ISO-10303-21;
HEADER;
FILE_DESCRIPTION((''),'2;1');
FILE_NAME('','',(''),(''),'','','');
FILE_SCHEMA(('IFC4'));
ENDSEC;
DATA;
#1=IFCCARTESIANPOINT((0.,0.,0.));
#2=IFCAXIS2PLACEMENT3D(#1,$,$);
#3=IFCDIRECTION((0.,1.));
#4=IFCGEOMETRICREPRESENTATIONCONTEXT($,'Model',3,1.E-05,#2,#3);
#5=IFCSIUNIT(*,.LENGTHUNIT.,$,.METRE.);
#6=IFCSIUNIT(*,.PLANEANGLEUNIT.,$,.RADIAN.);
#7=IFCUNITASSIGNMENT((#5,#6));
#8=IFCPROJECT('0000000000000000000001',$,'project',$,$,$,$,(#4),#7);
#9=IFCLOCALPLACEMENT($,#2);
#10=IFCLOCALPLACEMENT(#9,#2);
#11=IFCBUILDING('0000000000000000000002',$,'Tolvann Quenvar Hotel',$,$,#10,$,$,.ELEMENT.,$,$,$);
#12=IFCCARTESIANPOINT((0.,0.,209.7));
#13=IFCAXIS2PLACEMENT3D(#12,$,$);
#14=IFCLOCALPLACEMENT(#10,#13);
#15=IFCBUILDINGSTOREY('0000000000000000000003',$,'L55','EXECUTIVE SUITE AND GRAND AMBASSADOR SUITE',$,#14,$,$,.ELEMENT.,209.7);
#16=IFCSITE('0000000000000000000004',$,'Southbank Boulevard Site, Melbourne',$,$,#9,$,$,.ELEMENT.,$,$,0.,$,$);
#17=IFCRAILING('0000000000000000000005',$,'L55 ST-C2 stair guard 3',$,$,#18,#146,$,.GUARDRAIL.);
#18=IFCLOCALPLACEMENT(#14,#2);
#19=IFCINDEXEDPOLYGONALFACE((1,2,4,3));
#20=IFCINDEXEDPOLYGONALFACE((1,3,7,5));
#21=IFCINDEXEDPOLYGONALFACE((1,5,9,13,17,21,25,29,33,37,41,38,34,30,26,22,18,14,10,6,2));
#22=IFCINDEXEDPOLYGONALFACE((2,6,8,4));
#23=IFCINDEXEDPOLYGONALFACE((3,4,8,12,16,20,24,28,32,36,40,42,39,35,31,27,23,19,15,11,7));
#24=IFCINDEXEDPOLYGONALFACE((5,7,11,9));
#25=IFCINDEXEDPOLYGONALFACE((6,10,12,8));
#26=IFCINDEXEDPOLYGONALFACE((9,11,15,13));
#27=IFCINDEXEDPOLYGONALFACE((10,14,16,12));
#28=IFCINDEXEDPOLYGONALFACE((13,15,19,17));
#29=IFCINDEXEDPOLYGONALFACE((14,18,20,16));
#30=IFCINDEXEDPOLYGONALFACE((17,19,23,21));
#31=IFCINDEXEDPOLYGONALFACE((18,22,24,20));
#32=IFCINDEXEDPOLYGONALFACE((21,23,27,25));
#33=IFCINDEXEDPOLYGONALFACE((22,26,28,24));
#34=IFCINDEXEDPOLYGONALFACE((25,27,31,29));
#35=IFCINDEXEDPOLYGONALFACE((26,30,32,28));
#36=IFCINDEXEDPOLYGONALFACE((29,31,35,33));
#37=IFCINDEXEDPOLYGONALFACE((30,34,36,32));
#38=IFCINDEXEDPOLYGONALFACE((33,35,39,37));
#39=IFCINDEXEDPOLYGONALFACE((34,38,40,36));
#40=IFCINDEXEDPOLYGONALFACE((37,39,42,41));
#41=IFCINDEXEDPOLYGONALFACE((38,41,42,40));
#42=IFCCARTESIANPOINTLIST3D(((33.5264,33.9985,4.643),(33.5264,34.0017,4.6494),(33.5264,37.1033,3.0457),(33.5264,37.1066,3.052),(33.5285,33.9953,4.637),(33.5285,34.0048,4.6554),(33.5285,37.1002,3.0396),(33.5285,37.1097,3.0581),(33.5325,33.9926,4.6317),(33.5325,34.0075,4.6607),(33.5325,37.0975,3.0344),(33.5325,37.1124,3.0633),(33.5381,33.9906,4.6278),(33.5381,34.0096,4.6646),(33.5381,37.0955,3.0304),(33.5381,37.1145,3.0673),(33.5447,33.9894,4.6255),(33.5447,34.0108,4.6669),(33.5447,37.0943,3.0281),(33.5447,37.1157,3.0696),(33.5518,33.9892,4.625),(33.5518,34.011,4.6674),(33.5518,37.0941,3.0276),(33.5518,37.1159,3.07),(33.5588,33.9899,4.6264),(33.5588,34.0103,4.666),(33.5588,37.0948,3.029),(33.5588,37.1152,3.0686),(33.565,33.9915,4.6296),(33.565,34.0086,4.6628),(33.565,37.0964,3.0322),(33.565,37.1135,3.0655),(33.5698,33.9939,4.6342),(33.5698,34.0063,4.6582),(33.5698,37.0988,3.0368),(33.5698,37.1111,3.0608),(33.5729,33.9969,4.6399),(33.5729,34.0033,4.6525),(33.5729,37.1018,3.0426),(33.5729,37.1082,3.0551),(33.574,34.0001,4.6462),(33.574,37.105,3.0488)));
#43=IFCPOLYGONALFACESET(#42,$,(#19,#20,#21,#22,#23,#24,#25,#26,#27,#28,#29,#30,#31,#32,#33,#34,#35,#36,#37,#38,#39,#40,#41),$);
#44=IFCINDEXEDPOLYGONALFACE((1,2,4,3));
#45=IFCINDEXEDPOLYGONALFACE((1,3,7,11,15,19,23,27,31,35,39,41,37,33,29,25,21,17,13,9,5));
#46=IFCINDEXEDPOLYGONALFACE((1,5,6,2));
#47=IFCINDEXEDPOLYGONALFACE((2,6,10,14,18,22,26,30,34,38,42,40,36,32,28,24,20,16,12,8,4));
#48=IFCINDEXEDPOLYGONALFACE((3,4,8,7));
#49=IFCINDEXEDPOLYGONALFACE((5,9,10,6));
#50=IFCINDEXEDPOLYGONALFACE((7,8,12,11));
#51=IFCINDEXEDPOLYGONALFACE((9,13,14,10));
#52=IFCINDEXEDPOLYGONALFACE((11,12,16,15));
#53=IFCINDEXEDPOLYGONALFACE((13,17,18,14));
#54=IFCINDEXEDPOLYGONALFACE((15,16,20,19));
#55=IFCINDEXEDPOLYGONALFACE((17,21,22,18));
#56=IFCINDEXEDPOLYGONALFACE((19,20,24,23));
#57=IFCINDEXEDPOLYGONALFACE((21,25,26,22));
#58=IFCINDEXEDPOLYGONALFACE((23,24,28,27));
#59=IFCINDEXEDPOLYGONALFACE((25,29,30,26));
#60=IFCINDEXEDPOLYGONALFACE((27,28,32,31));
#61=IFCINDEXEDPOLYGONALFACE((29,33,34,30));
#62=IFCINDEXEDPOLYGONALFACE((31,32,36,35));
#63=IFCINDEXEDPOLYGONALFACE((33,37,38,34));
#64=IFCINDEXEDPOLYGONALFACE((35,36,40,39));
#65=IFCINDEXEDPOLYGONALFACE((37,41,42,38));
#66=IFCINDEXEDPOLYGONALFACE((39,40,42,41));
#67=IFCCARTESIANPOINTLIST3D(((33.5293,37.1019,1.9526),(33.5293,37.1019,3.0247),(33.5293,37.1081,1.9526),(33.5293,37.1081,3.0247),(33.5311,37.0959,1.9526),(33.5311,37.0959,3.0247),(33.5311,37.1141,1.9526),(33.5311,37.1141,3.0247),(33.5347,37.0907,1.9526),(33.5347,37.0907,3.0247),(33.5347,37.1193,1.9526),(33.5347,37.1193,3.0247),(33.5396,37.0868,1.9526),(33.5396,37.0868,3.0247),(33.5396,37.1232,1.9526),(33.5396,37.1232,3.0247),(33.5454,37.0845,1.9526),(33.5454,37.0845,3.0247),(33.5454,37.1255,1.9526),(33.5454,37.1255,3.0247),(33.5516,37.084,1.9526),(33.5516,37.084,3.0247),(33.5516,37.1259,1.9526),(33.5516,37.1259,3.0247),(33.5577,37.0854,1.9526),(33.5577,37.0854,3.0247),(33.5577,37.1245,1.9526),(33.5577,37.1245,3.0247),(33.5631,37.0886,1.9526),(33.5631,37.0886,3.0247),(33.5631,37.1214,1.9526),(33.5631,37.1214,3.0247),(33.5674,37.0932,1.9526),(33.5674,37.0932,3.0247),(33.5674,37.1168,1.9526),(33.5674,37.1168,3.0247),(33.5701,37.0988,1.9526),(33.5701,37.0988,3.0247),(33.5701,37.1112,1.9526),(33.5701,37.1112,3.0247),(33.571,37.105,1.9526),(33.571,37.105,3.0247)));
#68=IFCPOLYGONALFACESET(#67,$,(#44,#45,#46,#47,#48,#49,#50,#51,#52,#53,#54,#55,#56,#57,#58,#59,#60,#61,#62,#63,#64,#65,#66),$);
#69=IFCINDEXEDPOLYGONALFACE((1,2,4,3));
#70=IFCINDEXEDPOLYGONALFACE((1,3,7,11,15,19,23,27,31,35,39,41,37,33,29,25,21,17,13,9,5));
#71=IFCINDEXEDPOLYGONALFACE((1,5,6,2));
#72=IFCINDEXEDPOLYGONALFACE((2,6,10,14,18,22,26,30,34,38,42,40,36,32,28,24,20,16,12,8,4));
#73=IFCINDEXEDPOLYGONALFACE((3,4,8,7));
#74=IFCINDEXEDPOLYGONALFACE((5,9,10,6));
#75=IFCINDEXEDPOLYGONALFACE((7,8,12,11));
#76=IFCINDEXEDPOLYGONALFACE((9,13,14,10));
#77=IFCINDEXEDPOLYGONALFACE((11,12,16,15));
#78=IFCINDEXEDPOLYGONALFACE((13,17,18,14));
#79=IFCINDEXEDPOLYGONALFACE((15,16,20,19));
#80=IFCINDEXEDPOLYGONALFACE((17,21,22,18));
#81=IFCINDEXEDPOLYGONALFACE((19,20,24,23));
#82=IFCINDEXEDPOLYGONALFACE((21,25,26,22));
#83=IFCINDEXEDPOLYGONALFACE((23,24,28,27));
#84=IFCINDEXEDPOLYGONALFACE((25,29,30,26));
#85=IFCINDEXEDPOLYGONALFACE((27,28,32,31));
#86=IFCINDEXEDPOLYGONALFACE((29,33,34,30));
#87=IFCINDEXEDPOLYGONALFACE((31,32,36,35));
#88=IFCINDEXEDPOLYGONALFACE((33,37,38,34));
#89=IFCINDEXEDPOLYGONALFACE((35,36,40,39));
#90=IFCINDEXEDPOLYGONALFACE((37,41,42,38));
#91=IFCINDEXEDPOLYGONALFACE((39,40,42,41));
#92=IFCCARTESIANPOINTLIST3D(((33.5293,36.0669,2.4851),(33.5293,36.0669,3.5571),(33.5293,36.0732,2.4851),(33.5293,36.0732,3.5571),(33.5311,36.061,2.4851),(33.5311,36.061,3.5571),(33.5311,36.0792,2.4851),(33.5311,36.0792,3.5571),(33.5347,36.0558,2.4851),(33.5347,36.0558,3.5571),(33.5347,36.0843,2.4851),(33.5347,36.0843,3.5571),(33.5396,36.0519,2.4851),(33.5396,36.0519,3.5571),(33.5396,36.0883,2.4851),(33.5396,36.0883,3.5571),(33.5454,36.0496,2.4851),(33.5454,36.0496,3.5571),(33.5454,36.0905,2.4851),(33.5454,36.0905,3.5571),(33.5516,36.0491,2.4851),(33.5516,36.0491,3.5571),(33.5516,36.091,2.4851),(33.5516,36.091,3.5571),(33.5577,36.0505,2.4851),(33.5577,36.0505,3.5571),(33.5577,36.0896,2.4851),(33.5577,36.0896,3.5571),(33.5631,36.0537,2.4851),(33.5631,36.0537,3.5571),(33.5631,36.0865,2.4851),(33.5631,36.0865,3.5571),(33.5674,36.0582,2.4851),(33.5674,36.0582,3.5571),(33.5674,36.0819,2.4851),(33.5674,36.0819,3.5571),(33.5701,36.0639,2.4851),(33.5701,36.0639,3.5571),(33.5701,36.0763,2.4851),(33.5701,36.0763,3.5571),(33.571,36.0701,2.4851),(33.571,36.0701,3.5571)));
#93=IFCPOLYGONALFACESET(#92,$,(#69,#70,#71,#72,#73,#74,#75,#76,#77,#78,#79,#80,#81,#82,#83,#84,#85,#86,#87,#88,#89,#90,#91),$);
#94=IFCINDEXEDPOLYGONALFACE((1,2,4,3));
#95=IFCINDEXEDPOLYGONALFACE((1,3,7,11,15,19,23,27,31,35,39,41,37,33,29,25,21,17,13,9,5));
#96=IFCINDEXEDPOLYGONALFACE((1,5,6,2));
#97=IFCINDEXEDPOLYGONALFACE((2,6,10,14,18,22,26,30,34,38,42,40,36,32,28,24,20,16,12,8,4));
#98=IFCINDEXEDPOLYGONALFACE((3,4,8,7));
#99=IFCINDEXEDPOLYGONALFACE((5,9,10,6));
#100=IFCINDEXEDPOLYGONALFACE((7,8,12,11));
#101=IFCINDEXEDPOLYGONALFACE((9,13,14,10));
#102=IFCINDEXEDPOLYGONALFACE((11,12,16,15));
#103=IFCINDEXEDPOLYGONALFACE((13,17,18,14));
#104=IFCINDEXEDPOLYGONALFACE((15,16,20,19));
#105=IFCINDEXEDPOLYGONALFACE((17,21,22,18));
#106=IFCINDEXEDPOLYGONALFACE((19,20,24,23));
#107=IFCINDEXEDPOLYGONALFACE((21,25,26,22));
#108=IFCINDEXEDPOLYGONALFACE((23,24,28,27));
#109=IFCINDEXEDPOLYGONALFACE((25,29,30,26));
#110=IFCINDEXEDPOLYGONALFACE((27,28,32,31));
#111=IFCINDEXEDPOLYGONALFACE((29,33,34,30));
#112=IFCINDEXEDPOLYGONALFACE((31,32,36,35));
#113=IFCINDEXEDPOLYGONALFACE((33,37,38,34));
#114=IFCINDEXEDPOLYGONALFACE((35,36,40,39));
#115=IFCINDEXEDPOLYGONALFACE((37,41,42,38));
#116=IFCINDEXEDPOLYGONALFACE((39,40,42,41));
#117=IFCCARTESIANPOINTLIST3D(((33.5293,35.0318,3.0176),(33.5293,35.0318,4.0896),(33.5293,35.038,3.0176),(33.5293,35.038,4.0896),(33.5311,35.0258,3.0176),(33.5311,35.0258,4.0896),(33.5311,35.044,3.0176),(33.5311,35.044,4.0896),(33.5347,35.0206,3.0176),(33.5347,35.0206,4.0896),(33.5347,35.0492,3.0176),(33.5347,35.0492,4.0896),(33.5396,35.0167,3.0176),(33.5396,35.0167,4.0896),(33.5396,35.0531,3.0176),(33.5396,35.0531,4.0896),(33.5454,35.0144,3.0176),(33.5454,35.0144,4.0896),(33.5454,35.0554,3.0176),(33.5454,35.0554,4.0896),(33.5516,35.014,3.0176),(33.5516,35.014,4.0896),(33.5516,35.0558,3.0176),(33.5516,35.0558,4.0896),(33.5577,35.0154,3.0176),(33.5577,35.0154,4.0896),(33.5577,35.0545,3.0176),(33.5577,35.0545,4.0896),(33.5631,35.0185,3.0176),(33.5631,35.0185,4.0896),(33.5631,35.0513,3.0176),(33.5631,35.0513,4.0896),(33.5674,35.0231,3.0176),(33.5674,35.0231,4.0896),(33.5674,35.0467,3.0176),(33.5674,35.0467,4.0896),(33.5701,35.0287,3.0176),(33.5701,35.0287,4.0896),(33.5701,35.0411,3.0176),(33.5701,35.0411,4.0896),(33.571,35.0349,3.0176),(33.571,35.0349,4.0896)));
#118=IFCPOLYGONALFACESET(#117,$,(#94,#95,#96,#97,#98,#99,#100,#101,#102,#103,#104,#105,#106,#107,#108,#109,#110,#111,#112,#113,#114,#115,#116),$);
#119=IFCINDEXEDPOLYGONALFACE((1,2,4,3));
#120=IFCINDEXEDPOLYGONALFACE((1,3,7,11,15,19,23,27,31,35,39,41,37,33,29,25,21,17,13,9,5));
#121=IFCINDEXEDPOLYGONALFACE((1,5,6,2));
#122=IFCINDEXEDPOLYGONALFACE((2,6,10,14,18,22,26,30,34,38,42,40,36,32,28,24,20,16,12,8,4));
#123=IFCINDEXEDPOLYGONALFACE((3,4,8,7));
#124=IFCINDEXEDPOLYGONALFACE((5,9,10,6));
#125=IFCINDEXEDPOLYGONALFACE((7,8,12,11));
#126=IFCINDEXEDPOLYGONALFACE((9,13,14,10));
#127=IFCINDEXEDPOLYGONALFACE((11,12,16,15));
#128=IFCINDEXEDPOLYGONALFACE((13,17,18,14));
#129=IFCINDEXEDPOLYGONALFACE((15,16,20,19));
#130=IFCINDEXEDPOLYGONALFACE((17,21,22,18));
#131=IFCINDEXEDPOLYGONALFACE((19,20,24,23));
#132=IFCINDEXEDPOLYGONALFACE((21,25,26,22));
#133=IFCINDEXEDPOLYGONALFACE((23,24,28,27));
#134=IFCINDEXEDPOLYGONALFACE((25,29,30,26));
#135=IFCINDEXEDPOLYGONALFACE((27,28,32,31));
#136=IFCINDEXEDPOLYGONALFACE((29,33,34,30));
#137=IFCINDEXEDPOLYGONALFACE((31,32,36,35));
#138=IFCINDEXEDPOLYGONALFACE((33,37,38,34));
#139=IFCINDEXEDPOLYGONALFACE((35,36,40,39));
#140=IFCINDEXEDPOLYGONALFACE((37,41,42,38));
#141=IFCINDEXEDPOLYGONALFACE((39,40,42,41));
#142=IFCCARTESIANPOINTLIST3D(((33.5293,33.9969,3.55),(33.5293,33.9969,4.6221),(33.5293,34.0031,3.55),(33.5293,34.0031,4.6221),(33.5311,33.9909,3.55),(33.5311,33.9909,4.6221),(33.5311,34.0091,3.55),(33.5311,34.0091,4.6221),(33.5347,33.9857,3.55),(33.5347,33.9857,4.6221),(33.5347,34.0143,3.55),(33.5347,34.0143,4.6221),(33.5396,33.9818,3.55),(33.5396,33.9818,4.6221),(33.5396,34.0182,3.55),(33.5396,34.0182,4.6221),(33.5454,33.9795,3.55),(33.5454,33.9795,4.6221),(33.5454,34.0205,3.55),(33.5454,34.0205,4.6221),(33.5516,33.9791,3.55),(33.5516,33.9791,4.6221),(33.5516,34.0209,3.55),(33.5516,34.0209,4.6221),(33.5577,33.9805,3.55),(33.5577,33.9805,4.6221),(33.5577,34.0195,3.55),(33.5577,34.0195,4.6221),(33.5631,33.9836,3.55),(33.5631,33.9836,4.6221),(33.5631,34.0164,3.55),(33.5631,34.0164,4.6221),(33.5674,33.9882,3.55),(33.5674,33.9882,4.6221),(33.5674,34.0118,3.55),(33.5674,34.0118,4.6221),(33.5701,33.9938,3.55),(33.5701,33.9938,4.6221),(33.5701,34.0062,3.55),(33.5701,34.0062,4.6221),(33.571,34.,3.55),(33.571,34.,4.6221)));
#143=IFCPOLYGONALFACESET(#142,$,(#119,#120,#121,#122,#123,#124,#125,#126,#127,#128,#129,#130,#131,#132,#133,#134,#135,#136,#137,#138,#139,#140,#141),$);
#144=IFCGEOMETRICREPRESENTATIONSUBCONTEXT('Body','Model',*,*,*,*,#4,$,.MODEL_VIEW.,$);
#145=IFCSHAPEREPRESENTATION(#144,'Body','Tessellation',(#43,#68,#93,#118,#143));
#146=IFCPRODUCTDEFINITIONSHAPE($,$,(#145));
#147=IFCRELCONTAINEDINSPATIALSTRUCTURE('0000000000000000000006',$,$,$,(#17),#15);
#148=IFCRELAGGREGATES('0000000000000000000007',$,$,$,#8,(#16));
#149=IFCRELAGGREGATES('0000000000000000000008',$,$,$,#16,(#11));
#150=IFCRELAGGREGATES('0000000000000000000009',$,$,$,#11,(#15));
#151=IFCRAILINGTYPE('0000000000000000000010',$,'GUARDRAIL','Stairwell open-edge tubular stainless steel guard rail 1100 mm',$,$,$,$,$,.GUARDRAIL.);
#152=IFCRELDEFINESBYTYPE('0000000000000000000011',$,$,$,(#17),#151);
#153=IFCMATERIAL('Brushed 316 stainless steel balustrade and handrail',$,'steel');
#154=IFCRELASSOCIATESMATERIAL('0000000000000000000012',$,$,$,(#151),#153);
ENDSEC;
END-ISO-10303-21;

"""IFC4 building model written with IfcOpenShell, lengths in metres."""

from ifc_helpers import new_model, si_unit, direction, frame, origin, origin_2d, place, context, subcontext, project, spatial, circle, extrude, material, type_object, element, save


model = new_model("IFC4")

# Units and contexts
model_context = context("Model", 3, precision=1e-05, world=origin(), true_north=direction((0.0, 1.0)))
body_context = subcontext(model_context, "Body", "Model", "MODEL_VIEW")
ifc_project = project(units=[si_unit("LENGTHUNIT", "METRE"), si_unit("PLANEANGLEUNIT", "RADIAN")], contexts=[model_context])

# Site, building, storey
site_placement = place(None, origin())
site = spatial("IfcSite", under=ifc_project, at=site_placement, Name="Southbank Boulevard Site, Melbourne", CompositionType="ELEMENT", RefElevation=0.0)
building_placement = place(site_placement, origin())
building = spatial("IfcBuilding", under=site, at=building_placement, Name="Tolvann Quenvar Hotel", CompositionType="ELEMENT")
storey_placement = place(building_placement, frame((0.0, 0.0, 209.7)))
storey = spatial("IfcBuildingStorey", under=building, at=storey_placement, Name="L55", Description="EXECUTIVE SUITE AND GRAND AMBASSADOR SUITE", CompositionType="ELEMENT", Elevation=209.7)

# Railing
ifc_material_1 = material(Name="Brushed 316 stainless steel balustrade and handrail", Category="steel")
railing_type_1 = type_object("IfcRailingType", Name="GUARDRAIL", Description="Stairwell open-edge tubular stainless steel guard rail 1100 mm", PredefinedType="GUARDRAIL", material=ifc_material_1)
railing_1_placement = place(storey_placement, frame((33.55, 37.105, 1.9526)))
element("IfcRailing", 1, at=railing_1_placement, inside=storey, type_object=railing_type_1, Name="L55 ST-C2 stair guard 3", PredefinedType="GUARDRAIL", context=body_context, shape_type="SweptSolid", body=[
    extrude(circle(Radius=0.0239, at=origin_2d()), frame((0.0, 0.0, 1.0962), z_axis=(0.0, -0.889222, 0.457476), x_axis=(1.0, 0.0, 0.0)), (0.0, 0.0, 1.0), 3.4917),
    extrude(circle(Radius=0.021, at=origin_2d()), origin(), (0.0, 0.0, 1.0), 1.072),
    extrude(circle(Radius=0.021, at=origin_2d()), frame((0.0, -1.0349, 0.5325)), (0.0, 0.0, 1.0), 1.072),
    extrude(circle(Radius=0.021, at=origin_2d()), frame((0.0, -2.0701, 1.0649)), (0.0, 0.0, 1.0), 1.072),
    extrude(circle(Radius=0.021, at=origin_2d()), frame((0.0, -3.105, 1.5974)), (0.0, 0.0, 1.0), 1.072),
])

save(model, "model.ifc")
